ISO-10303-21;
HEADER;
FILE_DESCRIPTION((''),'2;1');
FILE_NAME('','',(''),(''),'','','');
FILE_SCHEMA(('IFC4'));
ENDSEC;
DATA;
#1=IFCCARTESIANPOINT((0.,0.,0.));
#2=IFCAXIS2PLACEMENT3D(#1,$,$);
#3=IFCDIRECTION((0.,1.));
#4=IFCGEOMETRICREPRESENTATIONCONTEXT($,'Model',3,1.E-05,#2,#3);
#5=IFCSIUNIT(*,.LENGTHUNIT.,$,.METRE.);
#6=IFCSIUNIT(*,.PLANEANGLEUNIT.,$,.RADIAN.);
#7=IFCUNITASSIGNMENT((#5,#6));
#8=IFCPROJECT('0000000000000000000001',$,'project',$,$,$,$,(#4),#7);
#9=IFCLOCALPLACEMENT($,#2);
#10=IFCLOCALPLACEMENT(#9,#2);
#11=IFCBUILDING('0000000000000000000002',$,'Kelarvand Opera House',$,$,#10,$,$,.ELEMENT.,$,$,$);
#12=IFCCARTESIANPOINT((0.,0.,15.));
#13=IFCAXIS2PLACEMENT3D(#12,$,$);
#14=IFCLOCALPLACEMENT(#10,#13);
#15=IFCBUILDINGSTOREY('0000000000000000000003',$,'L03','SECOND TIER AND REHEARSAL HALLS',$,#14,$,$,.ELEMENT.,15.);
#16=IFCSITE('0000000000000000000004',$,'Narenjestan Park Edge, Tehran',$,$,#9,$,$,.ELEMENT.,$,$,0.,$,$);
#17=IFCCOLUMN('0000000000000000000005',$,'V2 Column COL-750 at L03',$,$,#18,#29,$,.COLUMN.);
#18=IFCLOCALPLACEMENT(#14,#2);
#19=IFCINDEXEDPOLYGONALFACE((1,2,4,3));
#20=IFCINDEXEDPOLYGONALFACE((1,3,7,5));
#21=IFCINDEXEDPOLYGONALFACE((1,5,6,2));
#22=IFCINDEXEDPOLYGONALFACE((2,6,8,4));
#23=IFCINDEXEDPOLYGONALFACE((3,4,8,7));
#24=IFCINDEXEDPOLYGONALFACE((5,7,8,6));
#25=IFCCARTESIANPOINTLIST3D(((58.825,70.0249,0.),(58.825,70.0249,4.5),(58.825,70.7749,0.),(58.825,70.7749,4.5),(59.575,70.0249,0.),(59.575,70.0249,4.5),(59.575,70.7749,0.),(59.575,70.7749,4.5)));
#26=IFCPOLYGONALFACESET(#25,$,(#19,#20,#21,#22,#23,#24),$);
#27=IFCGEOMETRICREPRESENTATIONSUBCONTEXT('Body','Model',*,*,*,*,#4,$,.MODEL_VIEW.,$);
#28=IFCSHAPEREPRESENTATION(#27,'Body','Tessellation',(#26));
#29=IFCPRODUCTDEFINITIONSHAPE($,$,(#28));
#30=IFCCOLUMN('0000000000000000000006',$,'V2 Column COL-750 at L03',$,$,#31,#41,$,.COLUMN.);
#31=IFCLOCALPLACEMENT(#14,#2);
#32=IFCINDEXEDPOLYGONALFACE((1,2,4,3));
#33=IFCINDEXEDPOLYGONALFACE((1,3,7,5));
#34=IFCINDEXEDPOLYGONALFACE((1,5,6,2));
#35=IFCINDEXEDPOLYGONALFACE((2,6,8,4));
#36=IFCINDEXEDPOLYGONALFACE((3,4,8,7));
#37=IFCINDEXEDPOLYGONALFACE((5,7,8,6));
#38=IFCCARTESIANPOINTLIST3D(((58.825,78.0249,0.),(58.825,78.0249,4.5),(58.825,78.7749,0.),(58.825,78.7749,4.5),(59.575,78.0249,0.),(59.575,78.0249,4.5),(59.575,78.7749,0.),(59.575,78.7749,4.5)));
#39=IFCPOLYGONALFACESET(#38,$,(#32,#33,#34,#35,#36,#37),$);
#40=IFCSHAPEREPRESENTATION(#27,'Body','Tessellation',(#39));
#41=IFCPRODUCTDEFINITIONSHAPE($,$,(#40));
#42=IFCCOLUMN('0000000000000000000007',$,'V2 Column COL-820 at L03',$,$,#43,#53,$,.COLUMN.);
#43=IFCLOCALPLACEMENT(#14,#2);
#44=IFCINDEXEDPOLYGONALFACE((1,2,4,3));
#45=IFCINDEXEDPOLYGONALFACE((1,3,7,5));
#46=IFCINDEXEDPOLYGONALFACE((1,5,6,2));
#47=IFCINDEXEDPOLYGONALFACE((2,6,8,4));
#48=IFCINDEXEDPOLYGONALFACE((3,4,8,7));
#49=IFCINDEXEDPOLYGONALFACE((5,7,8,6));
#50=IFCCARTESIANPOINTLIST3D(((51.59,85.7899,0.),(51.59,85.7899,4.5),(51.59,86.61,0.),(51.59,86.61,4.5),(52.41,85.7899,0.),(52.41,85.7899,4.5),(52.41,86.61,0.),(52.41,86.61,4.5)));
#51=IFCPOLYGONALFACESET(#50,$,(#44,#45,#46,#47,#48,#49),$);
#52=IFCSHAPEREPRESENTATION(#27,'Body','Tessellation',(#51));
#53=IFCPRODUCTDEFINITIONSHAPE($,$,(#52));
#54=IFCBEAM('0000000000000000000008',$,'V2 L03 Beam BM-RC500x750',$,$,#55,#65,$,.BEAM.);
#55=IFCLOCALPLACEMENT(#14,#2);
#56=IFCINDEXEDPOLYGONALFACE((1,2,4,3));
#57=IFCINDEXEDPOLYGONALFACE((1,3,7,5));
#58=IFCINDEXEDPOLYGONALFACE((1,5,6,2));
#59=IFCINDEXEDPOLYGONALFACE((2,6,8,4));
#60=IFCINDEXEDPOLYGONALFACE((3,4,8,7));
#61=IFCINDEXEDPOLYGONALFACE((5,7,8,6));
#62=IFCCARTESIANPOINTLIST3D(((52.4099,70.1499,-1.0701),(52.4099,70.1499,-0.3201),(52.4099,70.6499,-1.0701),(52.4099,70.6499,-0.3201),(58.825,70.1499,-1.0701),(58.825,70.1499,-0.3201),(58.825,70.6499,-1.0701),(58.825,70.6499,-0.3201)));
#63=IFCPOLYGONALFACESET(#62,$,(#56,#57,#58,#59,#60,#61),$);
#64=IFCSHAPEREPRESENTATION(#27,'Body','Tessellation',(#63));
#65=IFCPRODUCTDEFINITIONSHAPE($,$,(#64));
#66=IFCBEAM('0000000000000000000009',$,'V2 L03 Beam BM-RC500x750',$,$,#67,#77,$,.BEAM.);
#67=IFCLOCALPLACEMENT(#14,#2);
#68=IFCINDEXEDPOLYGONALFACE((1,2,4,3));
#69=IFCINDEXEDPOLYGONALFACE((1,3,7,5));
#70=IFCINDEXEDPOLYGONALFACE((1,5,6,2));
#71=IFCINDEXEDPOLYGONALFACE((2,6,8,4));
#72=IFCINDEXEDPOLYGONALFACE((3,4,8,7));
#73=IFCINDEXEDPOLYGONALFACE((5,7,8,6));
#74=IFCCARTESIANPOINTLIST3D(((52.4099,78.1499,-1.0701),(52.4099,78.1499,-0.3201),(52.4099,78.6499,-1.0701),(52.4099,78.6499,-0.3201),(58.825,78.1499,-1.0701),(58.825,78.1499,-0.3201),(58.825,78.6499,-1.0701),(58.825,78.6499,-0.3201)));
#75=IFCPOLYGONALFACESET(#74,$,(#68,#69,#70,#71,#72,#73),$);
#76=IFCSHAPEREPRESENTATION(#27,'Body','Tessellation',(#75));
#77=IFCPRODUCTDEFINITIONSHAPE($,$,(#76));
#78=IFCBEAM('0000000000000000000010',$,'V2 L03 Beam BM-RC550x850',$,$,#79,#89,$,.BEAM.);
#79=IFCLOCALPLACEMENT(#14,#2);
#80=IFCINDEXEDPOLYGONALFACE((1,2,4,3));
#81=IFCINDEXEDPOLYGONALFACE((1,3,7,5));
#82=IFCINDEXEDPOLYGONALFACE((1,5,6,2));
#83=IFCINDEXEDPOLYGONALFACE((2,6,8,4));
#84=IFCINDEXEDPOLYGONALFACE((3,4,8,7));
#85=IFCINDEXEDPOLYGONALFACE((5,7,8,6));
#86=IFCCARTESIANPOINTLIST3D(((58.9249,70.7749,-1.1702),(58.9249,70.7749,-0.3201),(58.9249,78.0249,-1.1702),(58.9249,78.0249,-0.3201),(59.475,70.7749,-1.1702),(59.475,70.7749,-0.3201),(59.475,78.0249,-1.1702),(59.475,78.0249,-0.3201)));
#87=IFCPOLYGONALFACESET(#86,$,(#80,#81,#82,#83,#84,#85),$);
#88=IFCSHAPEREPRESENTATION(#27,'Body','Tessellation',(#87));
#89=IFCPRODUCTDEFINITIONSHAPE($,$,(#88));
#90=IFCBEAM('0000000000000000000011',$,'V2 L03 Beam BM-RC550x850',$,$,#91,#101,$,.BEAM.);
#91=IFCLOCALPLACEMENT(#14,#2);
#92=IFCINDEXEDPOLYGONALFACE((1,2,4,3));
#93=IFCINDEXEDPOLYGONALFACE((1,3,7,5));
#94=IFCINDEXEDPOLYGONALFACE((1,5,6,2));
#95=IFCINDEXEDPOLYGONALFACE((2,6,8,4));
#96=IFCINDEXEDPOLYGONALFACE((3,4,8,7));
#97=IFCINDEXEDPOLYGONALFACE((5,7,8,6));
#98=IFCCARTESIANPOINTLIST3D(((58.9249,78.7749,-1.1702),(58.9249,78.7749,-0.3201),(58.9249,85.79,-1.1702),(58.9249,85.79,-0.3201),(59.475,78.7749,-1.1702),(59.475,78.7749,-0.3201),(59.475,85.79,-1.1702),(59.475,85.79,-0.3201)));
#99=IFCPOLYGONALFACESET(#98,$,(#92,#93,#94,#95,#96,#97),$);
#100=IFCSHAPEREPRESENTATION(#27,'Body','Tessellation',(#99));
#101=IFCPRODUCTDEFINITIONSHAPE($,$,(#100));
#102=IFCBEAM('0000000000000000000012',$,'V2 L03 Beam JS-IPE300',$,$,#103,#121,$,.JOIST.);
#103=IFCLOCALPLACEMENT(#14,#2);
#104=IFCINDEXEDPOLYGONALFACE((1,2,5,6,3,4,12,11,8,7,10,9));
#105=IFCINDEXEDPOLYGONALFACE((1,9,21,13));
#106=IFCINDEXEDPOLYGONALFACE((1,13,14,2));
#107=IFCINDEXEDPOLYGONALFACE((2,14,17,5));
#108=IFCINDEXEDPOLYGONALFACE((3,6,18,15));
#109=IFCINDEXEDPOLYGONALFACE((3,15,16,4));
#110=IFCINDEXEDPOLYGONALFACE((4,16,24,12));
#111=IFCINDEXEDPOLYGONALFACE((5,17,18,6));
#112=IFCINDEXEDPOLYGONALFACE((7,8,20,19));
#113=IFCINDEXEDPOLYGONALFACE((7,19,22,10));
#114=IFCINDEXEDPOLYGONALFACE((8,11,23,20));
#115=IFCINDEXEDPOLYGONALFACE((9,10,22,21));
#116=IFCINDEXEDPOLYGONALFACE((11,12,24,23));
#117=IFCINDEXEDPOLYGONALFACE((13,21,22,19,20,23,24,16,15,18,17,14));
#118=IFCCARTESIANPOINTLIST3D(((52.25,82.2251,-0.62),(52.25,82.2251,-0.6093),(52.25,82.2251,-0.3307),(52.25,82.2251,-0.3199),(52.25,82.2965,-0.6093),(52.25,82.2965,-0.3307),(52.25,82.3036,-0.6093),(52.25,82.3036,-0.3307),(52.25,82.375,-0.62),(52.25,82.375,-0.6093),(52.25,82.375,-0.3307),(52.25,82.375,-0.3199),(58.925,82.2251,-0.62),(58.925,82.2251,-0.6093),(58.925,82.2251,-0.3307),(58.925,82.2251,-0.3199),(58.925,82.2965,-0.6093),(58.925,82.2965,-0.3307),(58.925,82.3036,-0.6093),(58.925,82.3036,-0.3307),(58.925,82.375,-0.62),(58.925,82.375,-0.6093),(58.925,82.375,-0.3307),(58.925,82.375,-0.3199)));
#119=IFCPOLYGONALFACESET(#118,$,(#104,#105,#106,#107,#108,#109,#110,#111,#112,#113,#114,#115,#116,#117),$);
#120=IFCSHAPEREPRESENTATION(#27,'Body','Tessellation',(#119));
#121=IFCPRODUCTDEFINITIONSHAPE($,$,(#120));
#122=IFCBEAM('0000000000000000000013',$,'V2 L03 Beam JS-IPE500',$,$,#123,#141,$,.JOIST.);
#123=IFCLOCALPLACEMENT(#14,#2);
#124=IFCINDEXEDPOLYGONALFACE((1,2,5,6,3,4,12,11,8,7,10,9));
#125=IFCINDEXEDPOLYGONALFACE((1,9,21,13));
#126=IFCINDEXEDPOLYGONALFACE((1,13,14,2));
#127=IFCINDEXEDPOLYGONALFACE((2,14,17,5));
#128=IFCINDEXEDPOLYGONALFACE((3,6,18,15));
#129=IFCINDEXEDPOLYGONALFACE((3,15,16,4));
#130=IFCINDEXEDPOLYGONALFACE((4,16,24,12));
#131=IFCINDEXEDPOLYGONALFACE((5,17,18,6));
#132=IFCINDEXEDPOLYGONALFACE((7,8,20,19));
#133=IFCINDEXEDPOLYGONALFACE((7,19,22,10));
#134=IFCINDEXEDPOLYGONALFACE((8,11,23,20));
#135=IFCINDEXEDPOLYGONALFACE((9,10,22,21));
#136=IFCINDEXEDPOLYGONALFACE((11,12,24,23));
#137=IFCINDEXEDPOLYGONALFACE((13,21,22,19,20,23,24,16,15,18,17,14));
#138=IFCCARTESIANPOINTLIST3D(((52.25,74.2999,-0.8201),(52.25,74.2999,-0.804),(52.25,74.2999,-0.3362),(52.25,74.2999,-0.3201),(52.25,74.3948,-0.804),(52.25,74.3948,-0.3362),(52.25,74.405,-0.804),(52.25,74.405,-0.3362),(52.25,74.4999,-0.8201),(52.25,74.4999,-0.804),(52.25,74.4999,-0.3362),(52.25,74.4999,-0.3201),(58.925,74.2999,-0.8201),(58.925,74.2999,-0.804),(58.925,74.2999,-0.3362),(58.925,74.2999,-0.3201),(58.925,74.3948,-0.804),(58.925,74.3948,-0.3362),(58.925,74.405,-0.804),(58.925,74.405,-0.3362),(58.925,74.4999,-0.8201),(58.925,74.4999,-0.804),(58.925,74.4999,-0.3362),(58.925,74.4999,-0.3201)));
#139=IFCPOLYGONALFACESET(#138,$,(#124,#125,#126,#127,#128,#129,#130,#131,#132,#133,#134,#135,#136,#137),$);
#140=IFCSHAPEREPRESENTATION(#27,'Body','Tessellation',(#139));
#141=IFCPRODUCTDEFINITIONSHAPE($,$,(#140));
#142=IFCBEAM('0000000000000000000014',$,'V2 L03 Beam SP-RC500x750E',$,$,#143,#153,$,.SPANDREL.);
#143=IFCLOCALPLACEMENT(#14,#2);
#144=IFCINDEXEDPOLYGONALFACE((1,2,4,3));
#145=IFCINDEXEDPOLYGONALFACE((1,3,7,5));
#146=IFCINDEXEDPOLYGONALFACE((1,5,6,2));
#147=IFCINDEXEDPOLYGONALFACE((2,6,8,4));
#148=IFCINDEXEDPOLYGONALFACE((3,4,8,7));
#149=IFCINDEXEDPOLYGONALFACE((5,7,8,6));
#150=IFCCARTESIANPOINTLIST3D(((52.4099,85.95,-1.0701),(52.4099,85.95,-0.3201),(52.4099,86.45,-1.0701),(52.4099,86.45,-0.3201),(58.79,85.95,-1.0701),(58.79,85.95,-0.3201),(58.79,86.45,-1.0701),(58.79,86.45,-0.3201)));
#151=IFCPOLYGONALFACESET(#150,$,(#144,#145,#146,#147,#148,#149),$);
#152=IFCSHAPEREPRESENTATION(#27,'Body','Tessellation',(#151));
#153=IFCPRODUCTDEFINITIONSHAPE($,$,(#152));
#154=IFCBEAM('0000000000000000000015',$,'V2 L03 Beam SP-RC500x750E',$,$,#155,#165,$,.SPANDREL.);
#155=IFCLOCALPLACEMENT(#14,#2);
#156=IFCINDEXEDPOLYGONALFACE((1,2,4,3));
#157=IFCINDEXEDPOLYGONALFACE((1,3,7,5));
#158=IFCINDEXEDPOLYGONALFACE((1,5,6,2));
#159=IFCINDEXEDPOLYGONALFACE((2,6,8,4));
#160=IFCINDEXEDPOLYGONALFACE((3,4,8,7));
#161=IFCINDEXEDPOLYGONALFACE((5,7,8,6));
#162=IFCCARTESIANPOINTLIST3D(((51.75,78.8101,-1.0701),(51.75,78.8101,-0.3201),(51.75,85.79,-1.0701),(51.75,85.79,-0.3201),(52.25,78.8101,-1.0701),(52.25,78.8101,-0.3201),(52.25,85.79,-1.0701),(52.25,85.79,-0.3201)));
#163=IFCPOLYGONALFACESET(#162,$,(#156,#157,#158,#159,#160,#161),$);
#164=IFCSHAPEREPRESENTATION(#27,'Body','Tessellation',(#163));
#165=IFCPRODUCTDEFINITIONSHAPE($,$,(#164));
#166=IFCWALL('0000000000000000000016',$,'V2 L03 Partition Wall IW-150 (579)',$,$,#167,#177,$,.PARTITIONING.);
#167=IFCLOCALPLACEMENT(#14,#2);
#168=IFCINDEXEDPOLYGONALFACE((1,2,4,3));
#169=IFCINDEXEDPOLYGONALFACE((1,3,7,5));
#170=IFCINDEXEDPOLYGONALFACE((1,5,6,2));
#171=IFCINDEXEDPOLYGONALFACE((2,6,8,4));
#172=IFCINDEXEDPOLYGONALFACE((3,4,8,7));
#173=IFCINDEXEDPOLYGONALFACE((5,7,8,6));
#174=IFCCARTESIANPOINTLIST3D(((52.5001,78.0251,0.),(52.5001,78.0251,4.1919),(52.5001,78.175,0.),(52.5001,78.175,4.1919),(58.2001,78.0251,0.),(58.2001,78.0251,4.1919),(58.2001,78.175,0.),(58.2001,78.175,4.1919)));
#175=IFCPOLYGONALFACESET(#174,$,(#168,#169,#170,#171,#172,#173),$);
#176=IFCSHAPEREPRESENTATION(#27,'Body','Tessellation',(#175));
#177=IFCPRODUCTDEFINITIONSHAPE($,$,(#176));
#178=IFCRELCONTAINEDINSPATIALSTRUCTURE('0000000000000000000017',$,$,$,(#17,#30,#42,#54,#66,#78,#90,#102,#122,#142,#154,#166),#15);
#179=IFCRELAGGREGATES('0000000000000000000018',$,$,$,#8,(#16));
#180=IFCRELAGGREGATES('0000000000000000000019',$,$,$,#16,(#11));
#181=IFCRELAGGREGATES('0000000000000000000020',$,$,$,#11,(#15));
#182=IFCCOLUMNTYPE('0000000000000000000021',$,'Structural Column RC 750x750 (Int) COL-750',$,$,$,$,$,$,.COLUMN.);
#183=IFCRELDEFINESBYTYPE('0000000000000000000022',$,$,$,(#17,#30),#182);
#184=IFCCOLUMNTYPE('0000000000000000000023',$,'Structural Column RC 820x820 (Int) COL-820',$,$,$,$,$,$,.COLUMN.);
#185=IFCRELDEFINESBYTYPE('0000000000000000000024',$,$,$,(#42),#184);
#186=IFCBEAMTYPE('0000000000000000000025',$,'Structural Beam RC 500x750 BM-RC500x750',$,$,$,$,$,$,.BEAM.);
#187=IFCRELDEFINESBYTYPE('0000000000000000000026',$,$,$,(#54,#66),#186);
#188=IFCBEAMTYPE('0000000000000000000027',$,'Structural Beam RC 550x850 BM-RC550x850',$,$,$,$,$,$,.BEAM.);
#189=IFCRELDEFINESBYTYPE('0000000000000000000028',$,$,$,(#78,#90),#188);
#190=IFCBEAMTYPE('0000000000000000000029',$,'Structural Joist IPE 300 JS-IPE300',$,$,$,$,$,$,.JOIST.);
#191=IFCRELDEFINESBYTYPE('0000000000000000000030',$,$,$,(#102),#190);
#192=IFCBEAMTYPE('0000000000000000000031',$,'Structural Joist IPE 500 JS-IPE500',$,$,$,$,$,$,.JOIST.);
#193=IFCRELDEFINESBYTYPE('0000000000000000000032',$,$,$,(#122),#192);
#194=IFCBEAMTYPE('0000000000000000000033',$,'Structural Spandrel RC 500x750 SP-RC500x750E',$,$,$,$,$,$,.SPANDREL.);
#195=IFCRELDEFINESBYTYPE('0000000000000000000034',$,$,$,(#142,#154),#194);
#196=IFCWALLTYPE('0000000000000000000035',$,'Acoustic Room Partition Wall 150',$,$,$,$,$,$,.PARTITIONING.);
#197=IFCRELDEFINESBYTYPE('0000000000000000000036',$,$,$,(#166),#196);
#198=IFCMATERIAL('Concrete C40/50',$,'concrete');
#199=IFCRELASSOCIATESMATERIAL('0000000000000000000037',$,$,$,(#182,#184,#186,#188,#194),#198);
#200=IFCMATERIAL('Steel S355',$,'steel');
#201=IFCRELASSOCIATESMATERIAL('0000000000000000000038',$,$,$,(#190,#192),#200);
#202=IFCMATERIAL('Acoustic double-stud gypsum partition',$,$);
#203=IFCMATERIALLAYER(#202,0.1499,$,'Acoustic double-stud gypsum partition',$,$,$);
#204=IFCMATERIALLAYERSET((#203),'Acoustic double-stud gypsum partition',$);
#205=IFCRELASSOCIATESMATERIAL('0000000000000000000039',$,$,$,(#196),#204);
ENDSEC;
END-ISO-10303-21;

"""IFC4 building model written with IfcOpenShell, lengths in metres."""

from ifc_helpers import new_model, si_unit, direction, frame, frame_2d, origin, origin_2d, place, context, subcontext, project, spatial, rectangle, i_section, extrude, material, layer, layer_set, material_profile, profile_set, type_object, element, save


model = new_model("IFC4")

# Units and contexts
model_context = context("Model", 3, precision=1e-05, world=origin(), true_north=direction((0.0, 1.0)))
body_context = subcontext(model_context, "Body", "Model", "MODEL_VIEW")
ifc_project = project(units=[si_unit("LENGTHUNIT", "METRE"), si_unit("PLANEANGLEUNIT", "RADIAN")], contexts=[model_context])

# Site, building, storey
site_placement = place(None, origin())
site = spatial("IfcSite", under=ifc_project, at=site_placement, Name="Narenjestan Park Edge, Tehran", CompositionType="ELEMENT", RefElevation=0.0)
building_placement = place(site_placement, origin())
building = spatial("IfcBuilding", under=site, at=building_placement, Name="Kelarvand Opera House", CompositionType="ELEMENT")
storey_placement = place(building_placement, frame((0.0, 0.0, 15.0)))
storey = spatial("IfcBuildingStorey", under=building, at=storey_placement, Name="L03", Description="SECOND TIER AND REHEARSAL HALLS", CompositionType="ELEMENT", Elevation=15.0)

# Columns
ifc_material_1 = material(Name="Concrete C40/50", Category="concrete")
ifc_material_profile_1 = material_profile(ifc_material_1, rectangle(XDim=0.75, YDim=0.75, at=origin_2d()), Name="RC 750x750", Category="concrete")
ifc_profile_set_1 = profile_set([ifc_material_profile_1], Name="Concrete C40/50")
column_type_1 = type_object("IfcColumnType", Name="Structural Column RC 750x750 (Int) COL-750", PredefinedType="COLUMN", material=ifc_profile_set_1)
for number, where, z_axis, x_axis, name in (
    (1, (59.2, 70.3999, 0.0), (0.0, 0.0, 1.0), (1.0, 0.0, 0.0), "V2 Column COL-750 at L03"),
    (2, (59.2, 78.3999, 0.0), (0.0, 0.0, 1.0), (1.0, 0.0, 0.0), "V2 Column COL-750 at L03"),
):
    element("IfcColumn", number, at=place(storey_placement, frame(where, z_axis=z_axis, x_axis=x_axis)), inside=storey, type_object=column_type_1, Name=name, PredefinedType="COLUMN", context=body_context, shape_type="SweptSolid", body=[
        extrude(rectangle(XDim=0.75, YDim=0.75, at=origin_2d()), origin(), (0.0, 0.0, 1.0), 4.5),
    ])
ifc_material_profile_2 = material_profile(ifc_material_1, rectangle(XDim=0.8201, YDim=0.8201, at=origin_2d()), Name="RC 820x820", Category="concrete")
ifc_profile_set_2 = profile_set([ifc_material_profile_2], Name="Concrete C40/50")
column_type_2 = type_object("IfcColumnType", Name="Structural Column RC 820x820 (Int) COL-820", PredefinedType="COLUMN", material=ifc_profile_set_2)
column_placement = place(storey_placement, frame((52.0, 86.2, 0.0), z_axis=(0.0, 0.0, 1.0), x_axis=(1.0, 0.0, 0.0)))
element("IfcColumn", 3, at=column_placement, inside=storey, type_object=column_type_2, Name="V2 Column COL-820 at L03", PredefinedType="COLUMN", context=body_context, shape_type="SweptSolid", body=[
    extrude(rectangle(XDim=0.8201, YDim=0.8201, at=origin_2d()), origin(), (0.0, 0.0, 1.0), 4.5),
])

# Beams
ifc_material_profile_3 = material_profile(ifc_material_1, rectangle(XDim=0.5, YDim=0.75, at=origin_2d()), Name="RC 500x750", Category="concrete")
ifc_profile_set_3 = profile_set([ifc_material_profile_3], Name="Concrete C40/50")
beam_type_1 = type_object("IfcBeamType", Name="Structural Beam RC 500x750 BM-RC500x750", PredefinedType="BEAM", material=ifc_profile_set_3)
for number, where, z_axis, x_axis, name in (
    (4, (52.4099, 70.3999, -0.6951), (1.0, 0.0, 0.0), (0.0, 1.0, 0.0), "V2 L03 Beam BM-RC500x750"),
    (5, (52.4099, 78.3999, -0.6951), (1.0, 0.0, 0.0), (0.0, 1.0, 0.0), "V2 L03 Beam BM-RC500x750"),
):
    element("IfcBeam", number, at=place(storey_placement, frame(where, z_axis=z_axis, x_axis=x_axis)), inside=storey, type_object=beam_type_1, Name=name, PredefinedType="BEAM", context=body_context, shape_type="SweptSolid", body=[
        extrude(rectangle(XDim=0.5, YDim=0.75, at=origin_2d()), origin(), (0.0, 0.0, 1.0), 6.415),
    ])
ifc_material_profile_4 = material_profile(ifc_material_1, rectangle(XDim=0.55, YDim=0.8501, at=origin_2d()), Name="RC 550x850", Category="concrete")
ifc_profile_set_4 = profile_set([ifc_material_profile_4], Name="Concrete C40/50")
beam_type_2 = type_object("IfcBeamType", Name="Structural Beam RC 550x850 BM-RC550x850", PredefinedType="BEAM", material=ifc_profile_set_4)
beam_1_placement = place(storey_placement, frame((59.2, 70.7749, -0.7451), z_axis=(0.0, 1.0, 0.0), x_axis=(-1.0, 0.0, 0.0)))
element("IfcBeam", 6, at=beam_1_placement, inside=storey, type_object=beam_type_2, Name="V2 L03 Beam BM-RC550x850", PredefinedType="BEAM", context=body_context, shape_type="SweptSolid", body=[
    extrude(rectangle(XDim=0.55, YDim=0.8501, at=origin_2d()), origin(), (0.0, 0.0, 1.0), 7.25),
])
beam_2_placement = place(storey_placement, frame((59.2, 78.7749, -0.7451), z_axis=(0.0, 1.0, 0.0), x_axis=(-1.0, 0.0, 0.0)))
element("IfcBeam", 7, at=beam_2_placement, inside=storey, type_object=beam_type_2, Name="V2 L03 Beam BM-RC550x850", PredefinedType="BEAM", context=body_context, shape_type="SweptSolid", body=[
    extrude(rectangle(XDim=0.55, YDim=0.8501, at=origin_2d()), origin(), (0.0, 0.0, 1.0), 7.0151),
])
ifc_material_2 = material(Name="Steel S355", Category="steel")
ifc_material_profile_5 = material_profile(ifc_material_2, i_section(OverallWidth=0.1499, OverallDepth=0.3, WebThickness=0.0071, FlangeThickness=0.0107, at=origin_2d()), Name="IPE 300", Category="steel")
ifc_profile_set_5 = profile_set([ifc_material_profile_5], Name="Steel S355")
beam_type_3 = type_object("IfcBeamType", Name="Structural Joist IPE 300 JS-IPE300", PredefinedType="JOIST", material=ifc_profile_set_5)
beam_3_placement = place(storey_placement, frame((52.25, 82.3, -0.47), z_axis=(1.0, 0.0, 0.0), x_axis=(0.0, 1.0, 0.0)))
element("IfcBeam", 8, at=beam_3_placement, inside=storey, type_object=beam_type_3, Name="V2 L03 Beam JS-IPE300", PredefinedType="JOIST", context=body_context, shape_type="SweptSolid", body=[
    extrude(i_section(OverallWidth=0.1499, OverallDepth=0.3, WebThickness=0.0071, FlangeThickness=0.0107, at=origin_2d()), origin(), (0.0, 0.0, 1.0), 6.675),
])
ifc_material_profile_6 = material_profile(ifc_material_2, i_section(OverallWidth=0.2, OverallDepth=0.5, WebThickness=0.0103, FlangeThickness=0.0161, at=origin_2d()), Name="IPE 500", Category="steel")
ifc_profile_set_6 = profile_set([ifc_material_profile_6], Name="Steel S355")
beam_type_4 = type_object("IfcBeamType", Name="Structural Joist IPE 500 JS-IPE500", PredefinedType="JOIST", material=ifc_profile_set_6)
beam_4_placement = place(storey_placement, frame((52.25, 74.3999, -0.5701), z_axis=(1.0, 0.0, 0.0), x_axis=(0.0, 1.0, 0.0)))
element("IfcBeam", 9, at=beam_4_placement, inside=storey, type_object=beam_type_4, Name="V2 L03 Beam JS-IPE500", PredefinedType="JOIST", context=body_context, shape_type="SweptSolid", body=[
    extrude(i_section(OverallWidth=0.2, OverallDepth=0.5, WebThickness=0.0103, FlangeThickness=0.0161, at=origin_2d()), origin(), (0.0, 0.0, 1.0), 6.675),
])
ifc_material_profile_7 = material_profile(ifc_material_1, rectangle(XDim=0.5, YDim=0.75, at=origin_2d()), Name="RC 500x750", Category="concrete")
ifc_profile_set_7 = profile_set([ifc_material_profile_7], Name="Concrete C40/50")
beam_type_5 = type_object("IfcBeamType", Name="Structural Spandrel RC 500x750 SP-RC500x750E", PredefinedType="SPANDREL", material=ifc_profile_set_7)
beam_5_placement = place(storey_placement, frame((52.4099, 86.2, -0.6951), z_axis=(1.0, 0.0, 0.0), x_axis=(0.0, 1.0, 0.0)))
element("IfcBeam", 10, at=beam_5_placement, inside=storey, type_object=beam_type_5, Name="V2 L03 Beam SP-RC500x750E", PredefinedType="SPANDREL", context=body_context, shape_type="SweptSolid", body=[
    extrude(rectangle(XDim=0.5, YDim=0.75, at=origin_2d()), origin(), (0.0, 0.0, 1.0), 6.3801),
])
beam_6_placement = place(storey_placement, frame((52.0, 78.8101, -0.6951), z_axis=(0.0, 1.0, 0.0), x_axis=(-1.0, 0.0, 0.0)))
element("IfcBeam", 11, at=beam_6_placement, inside=storey, type_object=beam_type_5, Name="V2 L03 Beam SP-RC500x750E", PredefinedType="SPANDREL", context=body_context, shape_type="SweptSolid", body=[
    extrude(rectangle(XDim=0.5, YDim=0.75, at=origin_2d()), origin(), (0.0, 0.0, 1.0), 6.98),
])

# Wall
ifc_material_3 = material(Name="Acoustic double-stud gypsum partition")
ifc_layer_1 = layer(ifc_material_3, 0.1499, Name="Acoustic double-stud gypsum partition")
ifc_layer_set_1 = layer_set([ifc_layer_1], Name="Acoustic double-stud gypsum partition")
wall_type_1 = type_object("IfcWallType", Name="Acoustic Room Partition Wall 150", PredefinedType="PARTITIONING", material=ifc_layer_set_1)
wall_1_placement = place(storey_placement, frame((52.5, 78.1001, 0.0), z_axis=(0.0, 0.0, 1.0), x_axis=(1.0, 0.0, 0.0)))
element("IfcWall", 12, at=wall_1_placement, inside=storey, type_object=wall_type_1, Name="V2 L03 Partition Wall IW-150 (579)", PredefinedType="PARTITIONING", context=body_context, shape_type="SweptSolid", body=[
    extrude(rectangle(XDim=5.7, YDim=0.1499, at=frame_2d((2.8501, 0.0))), origin(), (0.0, 0.0, 1.0), 4.1919),
])

save(model, "model.ifc")
